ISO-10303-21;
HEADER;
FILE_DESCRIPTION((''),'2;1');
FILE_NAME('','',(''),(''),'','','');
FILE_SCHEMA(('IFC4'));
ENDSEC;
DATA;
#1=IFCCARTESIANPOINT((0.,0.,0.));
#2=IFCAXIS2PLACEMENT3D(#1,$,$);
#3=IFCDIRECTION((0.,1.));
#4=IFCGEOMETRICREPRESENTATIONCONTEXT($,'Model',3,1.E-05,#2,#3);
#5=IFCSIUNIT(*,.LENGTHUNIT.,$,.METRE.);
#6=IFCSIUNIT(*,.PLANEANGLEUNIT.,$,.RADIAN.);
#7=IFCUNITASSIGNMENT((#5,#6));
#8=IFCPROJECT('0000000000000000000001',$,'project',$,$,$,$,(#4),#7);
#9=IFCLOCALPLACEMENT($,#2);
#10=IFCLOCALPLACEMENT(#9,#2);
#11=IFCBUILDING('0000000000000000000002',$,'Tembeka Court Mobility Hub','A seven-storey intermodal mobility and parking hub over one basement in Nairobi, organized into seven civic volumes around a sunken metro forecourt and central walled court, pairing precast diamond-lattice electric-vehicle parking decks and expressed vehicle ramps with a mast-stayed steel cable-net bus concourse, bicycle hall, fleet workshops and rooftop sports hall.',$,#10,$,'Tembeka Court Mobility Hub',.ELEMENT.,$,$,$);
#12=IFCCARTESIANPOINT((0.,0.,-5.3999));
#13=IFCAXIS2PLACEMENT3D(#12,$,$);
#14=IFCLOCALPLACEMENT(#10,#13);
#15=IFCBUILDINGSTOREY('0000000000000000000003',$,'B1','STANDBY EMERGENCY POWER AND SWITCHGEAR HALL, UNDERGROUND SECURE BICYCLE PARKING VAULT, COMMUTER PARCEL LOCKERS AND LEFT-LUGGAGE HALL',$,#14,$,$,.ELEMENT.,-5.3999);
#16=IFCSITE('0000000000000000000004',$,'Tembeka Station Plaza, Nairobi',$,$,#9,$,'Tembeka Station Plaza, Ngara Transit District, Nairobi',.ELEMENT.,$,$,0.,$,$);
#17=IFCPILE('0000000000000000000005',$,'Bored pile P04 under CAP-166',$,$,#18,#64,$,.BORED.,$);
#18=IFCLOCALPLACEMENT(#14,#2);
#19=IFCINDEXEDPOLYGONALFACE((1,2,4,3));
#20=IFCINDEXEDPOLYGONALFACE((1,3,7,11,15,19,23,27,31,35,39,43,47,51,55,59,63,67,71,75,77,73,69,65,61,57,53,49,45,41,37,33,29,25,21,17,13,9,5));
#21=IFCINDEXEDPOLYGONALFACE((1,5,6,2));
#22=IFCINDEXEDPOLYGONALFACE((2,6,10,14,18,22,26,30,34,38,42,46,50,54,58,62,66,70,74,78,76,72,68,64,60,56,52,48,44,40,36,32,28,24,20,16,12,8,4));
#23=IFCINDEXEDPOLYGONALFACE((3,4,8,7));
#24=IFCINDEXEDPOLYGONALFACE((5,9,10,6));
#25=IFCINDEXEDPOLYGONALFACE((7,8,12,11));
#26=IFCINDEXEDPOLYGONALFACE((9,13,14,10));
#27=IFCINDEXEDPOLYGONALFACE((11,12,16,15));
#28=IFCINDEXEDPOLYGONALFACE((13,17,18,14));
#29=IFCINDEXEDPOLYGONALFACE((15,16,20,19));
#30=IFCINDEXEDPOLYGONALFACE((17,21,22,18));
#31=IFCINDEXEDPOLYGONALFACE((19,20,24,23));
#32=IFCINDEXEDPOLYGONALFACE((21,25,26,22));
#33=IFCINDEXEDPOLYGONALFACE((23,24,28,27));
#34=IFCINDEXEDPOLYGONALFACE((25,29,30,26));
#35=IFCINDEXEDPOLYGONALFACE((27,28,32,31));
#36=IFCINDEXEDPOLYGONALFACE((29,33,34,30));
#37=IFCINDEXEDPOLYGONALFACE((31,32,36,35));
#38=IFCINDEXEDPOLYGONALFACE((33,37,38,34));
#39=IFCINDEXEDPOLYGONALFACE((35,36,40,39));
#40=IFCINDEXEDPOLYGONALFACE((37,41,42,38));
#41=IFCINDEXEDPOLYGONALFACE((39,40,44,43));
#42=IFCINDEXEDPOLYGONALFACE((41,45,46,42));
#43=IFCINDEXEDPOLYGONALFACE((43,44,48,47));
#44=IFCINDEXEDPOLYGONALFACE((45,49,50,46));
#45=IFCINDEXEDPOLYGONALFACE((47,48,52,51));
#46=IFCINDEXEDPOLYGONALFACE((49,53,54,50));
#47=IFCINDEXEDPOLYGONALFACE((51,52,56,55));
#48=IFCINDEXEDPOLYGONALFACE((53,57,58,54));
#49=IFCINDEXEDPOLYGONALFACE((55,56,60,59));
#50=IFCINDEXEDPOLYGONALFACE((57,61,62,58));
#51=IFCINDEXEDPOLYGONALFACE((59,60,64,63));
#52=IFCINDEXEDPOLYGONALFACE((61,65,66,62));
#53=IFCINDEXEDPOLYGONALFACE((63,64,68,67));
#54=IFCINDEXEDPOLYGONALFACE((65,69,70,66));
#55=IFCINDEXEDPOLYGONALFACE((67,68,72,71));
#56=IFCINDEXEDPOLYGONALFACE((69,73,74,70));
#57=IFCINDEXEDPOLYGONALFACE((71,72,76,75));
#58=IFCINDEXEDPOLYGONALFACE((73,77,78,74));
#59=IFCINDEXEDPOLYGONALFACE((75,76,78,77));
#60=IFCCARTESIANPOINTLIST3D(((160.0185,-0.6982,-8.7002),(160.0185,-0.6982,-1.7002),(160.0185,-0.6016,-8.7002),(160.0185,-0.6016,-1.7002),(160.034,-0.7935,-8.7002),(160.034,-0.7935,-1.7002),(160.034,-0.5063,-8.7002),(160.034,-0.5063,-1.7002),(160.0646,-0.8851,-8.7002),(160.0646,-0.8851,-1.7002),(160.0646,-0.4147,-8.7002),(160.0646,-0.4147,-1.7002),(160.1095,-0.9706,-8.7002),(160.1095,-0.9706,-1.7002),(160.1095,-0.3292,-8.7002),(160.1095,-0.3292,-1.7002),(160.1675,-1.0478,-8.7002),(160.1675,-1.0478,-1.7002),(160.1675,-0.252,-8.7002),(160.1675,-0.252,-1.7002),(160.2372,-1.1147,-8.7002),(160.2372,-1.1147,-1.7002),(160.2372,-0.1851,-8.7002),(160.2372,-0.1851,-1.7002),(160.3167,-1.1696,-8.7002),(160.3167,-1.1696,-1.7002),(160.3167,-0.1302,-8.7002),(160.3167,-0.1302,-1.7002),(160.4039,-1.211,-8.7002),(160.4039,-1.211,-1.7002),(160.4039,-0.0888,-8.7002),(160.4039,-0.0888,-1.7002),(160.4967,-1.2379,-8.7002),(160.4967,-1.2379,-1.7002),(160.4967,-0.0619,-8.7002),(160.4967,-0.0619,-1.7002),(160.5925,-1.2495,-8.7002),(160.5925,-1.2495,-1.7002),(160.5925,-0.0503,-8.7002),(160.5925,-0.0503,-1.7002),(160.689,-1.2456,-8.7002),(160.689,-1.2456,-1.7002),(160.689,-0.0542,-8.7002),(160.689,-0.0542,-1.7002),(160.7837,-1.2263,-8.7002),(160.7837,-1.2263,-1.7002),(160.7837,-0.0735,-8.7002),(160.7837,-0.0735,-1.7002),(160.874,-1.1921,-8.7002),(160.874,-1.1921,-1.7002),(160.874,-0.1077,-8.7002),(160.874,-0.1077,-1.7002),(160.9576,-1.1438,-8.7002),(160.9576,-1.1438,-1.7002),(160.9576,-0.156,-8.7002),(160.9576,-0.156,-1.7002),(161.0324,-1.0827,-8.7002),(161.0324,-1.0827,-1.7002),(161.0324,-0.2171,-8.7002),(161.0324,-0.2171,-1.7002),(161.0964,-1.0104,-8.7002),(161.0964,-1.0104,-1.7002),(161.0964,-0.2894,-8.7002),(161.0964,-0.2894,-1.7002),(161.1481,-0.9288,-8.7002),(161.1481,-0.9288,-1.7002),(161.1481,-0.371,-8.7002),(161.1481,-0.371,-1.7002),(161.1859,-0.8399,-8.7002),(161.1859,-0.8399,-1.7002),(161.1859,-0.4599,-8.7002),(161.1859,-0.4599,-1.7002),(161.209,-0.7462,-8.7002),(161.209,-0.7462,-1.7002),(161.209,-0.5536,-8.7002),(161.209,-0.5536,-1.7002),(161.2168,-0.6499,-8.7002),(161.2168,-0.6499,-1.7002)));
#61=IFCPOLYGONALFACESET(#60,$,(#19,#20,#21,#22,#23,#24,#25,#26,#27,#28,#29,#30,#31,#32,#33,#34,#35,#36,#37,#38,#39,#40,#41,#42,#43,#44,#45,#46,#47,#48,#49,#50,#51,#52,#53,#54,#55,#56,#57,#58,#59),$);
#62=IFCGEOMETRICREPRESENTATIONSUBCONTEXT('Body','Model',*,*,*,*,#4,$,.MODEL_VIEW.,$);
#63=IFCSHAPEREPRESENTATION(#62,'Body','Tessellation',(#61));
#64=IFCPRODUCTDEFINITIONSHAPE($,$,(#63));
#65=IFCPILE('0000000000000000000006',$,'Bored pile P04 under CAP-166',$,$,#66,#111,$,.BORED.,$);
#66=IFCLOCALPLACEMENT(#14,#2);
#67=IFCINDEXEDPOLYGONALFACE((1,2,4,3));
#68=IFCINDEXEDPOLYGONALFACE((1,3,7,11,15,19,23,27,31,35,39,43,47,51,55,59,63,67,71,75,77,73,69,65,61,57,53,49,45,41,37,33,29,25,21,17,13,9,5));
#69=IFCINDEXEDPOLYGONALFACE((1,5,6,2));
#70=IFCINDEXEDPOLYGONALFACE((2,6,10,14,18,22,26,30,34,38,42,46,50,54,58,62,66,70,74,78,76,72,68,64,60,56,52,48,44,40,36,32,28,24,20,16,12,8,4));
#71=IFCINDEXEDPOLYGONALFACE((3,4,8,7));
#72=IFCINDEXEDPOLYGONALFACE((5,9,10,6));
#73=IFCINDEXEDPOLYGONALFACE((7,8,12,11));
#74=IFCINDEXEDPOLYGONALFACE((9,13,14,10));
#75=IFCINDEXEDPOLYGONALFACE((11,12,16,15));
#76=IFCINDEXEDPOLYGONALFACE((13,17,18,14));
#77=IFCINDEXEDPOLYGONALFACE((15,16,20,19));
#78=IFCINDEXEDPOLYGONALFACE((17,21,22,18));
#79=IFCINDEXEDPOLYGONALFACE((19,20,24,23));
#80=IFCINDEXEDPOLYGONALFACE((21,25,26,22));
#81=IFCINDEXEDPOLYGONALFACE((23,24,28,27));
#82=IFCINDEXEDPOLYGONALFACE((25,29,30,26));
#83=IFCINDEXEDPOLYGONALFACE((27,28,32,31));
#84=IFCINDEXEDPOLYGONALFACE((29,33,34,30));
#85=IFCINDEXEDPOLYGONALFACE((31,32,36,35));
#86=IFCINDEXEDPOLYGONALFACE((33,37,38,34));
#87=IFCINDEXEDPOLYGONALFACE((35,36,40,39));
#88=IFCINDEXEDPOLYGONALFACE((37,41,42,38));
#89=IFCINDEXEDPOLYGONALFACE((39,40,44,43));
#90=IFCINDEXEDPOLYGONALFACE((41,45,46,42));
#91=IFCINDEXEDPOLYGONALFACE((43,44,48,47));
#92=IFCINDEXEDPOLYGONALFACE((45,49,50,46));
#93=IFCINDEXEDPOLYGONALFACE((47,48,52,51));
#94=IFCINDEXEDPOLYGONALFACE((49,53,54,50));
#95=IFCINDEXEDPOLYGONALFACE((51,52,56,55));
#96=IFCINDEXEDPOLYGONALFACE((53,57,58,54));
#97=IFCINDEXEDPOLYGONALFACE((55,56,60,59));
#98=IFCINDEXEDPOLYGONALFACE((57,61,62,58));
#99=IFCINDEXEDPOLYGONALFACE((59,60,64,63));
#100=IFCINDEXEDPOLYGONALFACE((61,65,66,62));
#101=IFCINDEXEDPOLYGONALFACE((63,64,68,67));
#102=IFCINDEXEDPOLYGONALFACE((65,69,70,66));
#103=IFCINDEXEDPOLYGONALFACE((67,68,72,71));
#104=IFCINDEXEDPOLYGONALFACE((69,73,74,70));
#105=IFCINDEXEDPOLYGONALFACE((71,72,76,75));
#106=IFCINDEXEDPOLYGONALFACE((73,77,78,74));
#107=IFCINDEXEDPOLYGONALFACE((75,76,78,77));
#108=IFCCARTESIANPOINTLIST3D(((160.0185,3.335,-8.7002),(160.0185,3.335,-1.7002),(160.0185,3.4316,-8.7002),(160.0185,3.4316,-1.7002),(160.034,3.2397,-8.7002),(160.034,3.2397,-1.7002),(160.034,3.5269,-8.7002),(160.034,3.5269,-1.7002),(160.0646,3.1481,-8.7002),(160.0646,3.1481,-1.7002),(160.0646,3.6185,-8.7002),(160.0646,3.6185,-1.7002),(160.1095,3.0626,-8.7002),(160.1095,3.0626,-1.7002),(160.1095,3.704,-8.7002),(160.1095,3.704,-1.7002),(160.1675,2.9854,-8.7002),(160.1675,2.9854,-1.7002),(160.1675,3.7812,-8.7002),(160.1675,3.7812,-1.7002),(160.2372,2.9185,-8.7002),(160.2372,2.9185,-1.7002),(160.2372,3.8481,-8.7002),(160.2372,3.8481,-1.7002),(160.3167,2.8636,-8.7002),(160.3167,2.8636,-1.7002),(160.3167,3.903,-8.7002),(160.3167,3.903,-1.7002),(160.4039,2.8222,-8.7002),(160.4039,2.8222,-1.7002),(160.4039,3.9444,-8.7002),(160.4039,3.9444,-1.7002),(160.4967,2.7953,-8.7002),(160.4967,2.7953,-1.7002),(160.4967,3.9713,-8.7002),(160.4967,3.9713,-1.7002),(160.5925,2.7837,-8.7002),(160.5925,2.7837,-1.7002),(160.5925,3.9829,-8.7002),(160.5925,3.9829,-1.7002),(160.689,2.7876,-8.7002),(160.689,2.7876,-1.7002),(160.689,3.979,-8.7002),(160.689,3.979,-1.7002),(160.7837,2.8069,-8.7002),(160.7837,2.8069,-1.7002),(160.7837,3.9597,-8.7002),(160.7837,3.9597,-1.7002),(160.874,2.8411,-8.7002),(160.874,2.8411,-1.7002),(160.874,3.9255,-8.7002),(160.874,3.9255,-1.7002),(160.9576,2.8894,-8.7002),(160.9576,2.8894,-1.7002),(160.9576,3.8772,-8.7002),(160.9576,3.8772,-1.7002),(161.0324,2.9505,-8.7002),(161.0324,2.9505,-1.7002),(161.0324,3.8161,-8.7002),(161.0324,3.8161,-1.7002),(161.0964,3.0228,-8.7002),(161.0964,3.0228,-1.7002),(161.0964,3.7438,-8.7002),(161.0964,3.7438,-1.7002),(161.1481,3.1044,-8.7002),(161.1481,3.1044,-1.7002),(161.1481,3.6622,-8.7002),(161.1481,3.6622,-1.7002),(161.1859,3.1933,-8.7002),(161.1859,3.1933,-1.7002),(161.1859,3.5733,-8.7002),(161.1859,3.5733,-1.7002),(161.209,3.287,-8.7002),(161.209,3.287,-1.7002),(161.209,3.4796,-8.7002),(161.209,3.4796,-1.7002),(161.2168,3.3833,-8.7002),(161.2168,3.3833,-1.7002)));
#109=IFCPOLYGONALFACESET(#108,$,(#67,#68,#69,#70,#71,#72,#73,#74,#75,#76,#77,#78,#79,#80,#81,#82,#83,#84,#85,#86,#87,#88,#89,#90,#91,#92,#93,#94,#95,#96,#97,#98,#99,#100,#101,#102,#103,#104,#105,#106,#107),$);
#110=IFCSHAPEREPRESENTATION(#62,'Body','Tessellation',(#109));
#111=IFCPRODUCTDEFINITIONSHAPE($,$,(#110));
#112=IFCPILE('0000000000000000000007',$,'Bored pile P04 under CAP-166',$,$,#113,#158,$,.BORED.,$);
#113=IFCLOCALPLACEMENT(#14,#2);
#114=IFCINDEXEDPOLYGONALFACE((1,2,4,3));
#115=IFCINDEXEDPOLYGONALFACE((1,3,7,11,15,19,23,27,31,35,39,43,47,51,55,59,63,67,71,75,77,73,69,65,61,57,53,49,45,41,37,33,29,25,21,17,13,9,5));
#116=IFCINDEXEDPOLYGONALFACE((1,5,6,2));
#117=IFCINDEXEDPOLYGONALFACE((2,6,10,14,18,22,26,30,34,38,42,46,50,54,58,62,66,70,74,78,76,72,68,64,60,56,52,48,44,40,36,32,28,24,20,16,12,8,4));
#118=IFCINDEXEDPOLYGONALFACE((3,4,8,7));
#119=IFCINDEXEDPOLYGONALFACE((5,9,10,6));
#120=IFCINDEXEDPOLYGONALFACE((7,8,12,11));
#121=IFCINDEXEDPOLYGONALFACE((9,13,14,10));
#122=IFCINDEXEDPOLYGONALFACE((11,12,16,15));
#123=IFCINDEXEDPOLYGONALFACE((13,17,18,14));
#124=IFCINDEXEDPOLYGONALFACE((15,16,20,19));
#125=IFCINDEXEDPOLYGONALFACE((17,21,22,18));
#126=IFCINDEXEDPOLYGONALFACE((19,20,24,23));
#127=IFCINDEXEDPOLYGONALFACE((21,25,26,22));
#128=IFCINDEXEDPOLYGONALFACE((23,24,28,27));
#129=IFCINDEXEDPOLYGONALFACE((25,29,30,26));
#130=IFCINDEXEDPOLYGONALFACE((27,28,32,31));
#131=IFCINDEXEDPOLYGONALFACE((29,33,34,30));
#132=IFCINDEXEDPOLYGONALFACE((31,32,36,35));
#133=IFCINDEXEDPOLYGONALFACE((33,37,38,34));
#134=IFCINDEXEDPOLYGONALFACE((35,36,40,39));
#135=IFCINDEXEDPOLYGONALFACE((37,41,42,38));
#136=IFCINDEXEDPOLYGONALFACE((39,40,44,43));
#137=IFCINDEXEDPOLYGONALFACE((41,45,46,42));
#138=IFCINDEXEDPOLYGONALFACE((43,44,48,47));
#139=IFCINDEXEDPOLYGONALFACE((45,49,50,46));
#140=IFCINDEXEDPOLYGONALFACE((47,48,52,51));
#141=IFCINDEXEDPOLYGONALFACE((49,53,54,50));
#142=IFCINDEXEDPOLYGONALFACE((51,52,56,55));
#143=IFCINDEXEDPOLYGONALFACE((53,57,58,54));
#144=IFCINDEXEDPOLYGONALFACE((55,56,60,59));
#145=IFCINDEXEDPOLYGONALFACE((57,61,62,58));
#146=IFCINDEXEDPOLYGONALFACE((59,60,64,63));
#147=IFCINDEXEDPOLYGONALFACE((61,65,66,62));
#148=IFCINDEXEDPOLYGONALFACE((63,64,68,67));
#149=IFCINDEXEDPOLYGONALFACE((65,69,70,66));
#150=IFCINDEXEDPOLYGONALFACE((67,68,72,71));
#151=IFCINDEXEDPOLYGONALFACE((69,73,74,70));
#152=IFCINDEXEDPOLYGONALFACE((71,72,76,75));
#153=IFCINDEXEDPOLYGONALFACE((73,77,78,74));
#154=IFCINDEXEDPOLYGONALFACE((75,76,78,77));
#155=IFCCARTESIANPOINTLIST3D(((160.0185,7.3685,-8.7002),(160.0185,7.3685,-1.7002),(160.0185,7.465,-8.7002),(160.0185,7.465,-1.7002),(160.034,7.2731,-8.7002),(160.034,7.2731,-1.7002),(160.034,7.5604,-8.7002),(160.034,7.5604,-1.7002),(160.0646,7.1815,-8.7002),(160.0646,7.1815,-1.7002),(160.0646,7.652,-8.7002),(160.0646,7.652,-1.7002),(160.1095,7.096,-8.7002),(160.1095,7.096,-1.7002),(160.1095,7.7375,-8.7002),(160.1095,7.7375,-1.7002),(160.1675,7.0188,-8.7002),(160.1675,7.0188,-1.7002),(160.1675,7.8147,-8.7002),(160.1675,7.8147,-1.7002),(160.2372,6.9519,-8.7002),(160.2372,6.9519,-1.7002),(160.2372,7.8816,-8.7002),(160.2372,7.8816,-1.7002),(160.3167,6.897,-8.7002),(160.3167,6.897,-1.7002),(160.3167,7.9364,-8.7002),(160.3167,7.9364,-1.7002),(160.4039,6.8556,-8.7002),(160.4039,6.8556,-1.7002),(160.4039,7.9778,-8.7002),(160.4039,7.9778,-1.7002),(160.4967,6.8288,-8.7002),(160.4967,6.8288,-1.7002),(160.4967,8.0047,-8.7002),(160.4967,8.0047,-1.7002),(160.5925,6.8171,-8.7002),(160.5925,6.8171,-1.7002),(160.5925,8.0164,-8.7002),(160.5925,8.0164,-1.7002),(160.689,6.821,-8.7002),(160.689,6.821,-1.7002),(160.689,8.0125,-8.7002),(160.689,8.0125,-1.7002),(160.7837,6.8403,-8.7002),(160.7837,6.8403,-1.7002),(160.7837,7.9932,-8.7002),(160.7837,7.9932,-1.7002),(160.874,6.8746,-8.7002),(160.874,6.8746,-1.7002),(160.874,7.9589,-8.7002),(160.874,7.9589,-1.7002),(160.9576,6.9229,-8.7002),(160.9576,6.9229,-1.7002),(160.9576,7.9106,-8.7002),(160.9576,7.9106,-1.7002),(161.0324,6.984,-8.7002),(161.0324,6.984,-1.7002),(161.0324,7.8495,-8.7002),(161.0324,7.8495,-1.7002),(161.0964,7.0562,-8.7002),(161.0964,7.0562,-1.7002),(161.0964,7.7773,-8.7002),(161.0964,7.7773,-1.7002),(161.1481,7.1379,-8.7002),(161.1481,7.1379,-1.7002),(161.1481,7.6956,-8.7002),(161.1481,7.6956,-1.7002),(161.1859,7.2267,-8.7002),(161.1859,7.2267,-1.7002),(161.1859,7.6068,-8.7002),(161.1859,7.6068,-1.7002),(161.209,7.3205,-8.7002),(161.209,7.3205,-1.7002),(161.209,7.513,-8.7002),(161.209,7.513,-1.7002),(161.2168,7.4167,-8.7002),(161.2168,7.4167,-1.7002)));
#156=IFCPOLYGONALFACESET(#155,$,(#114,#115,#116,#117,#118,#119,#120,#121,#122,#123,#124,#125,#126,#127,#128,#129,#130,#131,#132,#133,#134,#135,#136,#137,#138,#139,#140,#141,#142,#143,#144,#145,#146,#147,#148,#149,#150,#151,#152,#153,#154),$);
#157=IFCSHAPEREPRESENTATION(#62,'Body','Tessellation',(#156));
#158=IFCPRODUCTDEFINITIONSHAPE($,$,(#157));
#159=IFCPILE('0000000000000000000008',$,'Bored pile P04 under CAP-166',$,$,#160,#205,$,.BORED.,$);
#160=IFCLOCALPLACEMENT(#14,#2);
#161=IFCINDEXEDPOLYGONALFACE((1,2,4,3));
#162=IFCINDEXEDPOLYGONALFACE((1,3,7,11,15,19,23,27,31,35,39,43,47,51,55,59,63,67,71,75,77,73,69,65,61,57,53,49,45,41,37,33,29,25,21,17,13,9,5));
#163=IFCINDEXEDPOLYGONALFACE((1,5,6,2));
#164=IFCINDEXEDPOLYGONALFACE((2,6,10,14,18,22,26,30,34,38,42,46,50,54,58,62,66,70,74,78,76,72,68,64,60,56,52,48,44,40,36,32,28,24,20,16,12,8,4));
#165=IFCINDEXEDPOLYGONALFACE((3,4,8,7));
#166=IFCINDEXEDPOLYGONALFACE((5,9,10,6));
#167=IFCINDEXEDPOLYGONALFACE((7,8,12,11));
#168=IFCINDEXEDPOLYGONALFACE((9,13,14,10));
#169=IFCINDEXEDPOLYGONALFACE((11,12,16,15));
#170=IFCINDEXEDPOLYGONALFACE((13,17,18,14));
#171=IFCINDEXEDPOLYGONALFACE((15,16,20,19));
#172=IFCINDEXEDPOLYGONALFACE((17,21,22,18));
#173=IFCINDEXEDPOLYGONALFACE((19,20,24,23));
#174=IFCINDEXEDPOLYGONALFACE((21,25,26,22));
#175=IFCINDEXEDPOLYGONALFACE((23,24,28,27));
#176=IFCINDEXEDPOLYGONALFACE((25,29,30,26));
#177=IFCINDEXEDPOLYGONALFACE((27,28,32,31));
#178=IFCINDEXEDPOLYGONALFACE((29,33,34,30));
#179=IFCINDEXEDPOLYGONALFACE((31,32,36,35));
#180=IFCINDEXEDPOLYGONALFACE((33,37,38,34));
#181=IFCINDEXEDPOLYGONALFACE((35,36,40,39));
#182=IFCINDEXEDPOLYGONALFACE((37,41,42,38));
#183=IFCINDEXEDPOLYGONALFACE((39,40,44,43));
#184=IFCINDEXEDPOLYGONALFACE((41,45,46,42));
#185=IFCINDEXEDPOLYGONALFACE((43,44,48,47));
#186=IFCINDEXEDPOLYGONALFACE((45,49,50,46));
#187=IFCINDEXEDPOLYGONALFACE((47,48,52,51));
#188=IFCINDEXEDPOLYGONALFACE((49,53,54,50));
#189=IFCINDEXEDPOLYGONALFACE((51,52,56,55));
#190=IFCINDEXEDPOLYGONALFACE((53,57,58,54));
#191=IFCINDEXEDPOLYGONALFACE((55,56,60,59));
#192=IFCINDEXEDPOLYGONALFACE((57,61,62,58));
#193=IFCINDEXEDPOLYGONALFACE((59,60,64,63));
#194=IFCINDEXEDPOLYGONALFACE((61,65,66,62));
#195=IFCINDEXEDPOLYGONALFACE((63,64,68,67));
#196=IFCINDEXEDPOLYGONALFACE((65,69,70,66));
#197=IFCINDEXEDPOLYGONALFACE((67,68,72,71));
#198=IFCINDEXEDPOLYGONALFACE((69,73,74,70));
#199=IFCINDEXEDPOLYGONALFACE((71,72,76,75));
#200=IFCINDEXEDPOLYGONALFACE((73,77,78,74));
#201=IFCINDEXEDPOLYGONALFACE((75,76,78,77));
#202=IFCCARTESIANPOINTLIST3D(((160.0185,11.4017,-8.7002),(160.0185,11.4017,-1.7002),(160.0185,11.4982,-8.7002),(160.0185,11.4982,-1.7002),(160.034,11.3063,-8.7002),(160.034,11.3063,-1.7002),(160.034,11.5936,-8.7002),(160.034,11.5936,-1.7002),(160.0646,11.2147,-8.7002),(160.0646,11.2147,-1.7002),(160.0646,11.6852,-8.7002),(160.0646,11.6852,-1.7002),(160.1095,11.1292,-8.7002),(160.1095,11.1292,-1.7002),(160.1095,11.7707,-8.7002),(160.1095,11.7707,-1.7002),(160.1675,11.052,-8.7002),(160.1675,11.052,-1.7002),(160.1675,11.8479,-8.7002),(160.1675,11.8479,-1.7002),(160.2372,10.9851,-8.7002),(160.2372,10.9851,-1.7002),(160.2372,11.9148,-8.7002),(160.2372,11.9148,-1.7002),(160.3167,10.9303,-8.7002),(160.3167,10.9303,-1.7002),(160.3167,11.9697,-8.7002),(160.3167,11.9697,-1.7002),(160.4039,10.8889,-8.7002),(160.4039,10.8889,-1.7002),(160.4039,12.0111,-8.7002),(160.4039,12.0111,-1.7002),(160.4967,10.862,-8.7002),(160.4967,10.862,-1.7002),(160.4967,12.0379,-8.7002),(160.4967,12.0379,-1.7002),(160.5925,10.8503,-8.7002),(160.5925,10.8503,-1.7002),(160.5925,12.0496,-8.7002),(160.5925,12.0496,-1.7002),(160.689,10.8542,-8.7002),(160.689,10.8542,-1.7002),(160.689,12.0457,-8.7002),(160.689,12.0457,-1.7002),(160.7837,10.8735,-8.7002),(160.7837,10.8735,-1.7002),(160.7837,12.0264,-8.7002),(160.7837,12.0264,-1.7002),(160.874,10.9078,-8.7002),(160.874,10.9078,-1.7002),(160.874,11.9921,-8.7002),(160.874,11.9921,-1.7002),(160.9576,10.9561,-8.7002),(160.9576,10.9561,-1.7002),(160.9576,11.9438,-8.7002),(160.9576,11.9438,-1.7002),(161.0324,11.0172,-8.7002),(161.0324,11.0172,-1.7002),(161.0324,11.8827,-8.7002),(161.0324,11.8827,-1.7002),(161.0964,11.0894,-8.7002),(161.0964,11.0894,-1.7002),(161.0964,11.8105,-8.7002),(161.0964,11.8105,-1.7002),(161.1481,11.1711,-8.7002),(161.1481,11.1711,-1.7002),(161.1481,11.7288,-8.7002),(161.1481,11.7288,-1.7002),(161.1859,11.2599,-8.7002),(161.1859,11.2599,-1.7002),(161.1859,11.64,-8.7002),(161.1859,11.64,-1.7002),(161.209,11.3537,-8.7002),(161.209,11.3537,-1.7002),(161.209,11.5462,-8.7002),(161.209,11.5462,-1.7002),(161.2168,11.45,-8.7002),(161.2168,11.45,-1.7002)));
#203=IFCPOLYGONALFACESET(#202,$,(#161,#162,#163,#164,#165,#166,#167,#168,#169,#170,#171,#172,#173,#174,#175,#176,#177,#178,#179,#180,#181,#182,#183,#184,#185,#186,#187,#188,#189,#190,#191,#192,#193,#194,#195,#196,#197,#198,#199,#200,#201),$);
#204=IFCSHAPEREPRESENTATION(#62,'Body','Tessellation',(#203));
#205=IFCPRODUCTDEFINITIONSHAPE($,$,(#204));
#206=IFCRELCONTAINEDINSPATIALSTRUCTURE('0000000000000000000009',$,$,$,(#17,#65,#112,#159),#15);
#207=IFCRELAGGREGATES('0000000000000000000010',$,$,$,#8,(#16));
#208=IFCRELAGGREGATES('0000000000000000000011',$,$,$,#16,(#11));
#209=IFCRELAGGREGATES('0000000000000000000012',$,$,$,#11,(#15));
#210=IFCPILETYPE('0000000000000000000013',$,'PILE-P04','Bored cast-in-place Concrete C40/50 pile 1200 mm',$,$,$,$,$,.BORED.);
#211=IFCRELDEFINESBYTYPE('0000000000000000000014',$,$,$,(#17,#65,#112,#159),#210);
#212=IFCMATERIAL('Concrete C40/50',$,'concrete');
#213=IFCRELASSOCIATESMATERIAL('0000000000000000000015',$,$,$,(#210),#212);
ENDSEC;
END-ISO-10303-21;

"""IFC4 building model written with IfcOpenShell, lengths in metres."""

from ifc_helpers import new_model, si_unit, direction, frame, origin, origin_2d, place, context, subcontext, project, spatial, circle, extrude, material, material_profile, profile_set, type_object, element, save


model = new_model("IFC4")

# Units and contexts
model_context = context("Model", 3, precision=1e-05, world=origin(), true_north=direction((0.0, 1.0)))
body_context = subcontext(model_context, "Body", "Model", "MODEL_VIEW")
ifc_project = project(units=[si_unit("LENGTHUNIT", "METRE"), si_unit("PLANEANGLEUNIT", "RADIAN")], contexts=[model_context])

# Site, building, storey
site_placement = place(None, origin())
site = spatial("IfcSite", under=ifc_project, at=site_placement, Name="Tembeka Station Plaza, Nairobi", LongName="Tembeka Station Plaza, Ngara Transit District, Nairobi", CompositionType="ELEMENT", RefElevation=0.0)
building_placement = place(site_placement, origin())
building = spatial("IfcBuilding", under=site, at=building_placement, Name="Tembeka Court Mobility Hub", Description="A seven-storey intermodal mobility and parking hub over one basement in Nairobi, organized into seven civic volumes around a sunken metro forecourt and central walled court, pairing precast diamond-lattice electric-vehicle parking decks and expressed vehicle ramps with a mast-stayed steel cable-net bus concourse, bicycle hall, fleet workshops and rooftop sports hall.", LongName="Tembeka Court Mobility Hub", CompositionType="ELEMENT")
storey_placement = place(building_placement, frame((0.0, 0.0, -5.3999)))
storey = spatial("IfcBuildingStorey", under=building, at=storey_placement, Name="B1", Description="STANDBY EMERGENCY POWER AND SWITCHGEAR HALL, UNDERGROUND SECURE BICYCLE PARKING VAULT, COMMUTER PARCEL LOCKERS AND LEFT-LUGGAGE HALL", CompositionType="ELEMENT", Elevation=-5.3999)

# Shared definitions
ifc_material_1 = material(Name="Concrete C40/50", Category="concrete")

# Piles
ifc_material_profile_1 = material_profile(ifc_material_1, circle(Radius=0.6001, at=origin_2d()), Name="PILE D1200")
ifc_profile_set_1 = profile_set([ifc_material_profile_1], Name="Concrete C40/50")
pile_type = type_object("IfcPileType", Name="PILE-P04", Description="Bored cast-in-place Concrete C40/50 pile 1200 mm", PredefinedType="BORED", material=ifc_profile_set_1)
for number, where, z_axis, x_axis, name in (
    (1, (160.6167, -0.6499, -1.7002), (0.0, 0.0, -1.0), (1.0, 0.0, 0.0), "Bored pile P04 under CAP-166"),
    (2, (160.6167, 3.3833, -1.7002), (0.0, 0.0, -1.0), (1.0, 0.0, 0.0), "Bored pile P04 under CAP-166"),
    (3, (160.6167, 7.4167, -1.7002), (0.0, 0.0, -1.0), (1.0, 0.0, 0.0), "Bored pile P04 under CAP-166"),
    (4, (160.6167, 11.45, -1.7002), (0.0, 0.0, -1.0), (1.0, 0.0, 0.0), "Bored pile P04 under CAP-166"),
):
    element("IfcPile", number, at=place(storey_placement, frame(where, z_axis=z_axis, x_axis=x_axis)), inside=storey, type_object=pile_type, Name=name, PredefinedType="BORED", context=body_context, shape_type="SweptSolid", body=[
        extrude(circle(Radius=0.6001, at=origin_2d()), origin(), (0.0, 0.0, 1.0), 7.0),
    ])

save(model, "model.ifc")
